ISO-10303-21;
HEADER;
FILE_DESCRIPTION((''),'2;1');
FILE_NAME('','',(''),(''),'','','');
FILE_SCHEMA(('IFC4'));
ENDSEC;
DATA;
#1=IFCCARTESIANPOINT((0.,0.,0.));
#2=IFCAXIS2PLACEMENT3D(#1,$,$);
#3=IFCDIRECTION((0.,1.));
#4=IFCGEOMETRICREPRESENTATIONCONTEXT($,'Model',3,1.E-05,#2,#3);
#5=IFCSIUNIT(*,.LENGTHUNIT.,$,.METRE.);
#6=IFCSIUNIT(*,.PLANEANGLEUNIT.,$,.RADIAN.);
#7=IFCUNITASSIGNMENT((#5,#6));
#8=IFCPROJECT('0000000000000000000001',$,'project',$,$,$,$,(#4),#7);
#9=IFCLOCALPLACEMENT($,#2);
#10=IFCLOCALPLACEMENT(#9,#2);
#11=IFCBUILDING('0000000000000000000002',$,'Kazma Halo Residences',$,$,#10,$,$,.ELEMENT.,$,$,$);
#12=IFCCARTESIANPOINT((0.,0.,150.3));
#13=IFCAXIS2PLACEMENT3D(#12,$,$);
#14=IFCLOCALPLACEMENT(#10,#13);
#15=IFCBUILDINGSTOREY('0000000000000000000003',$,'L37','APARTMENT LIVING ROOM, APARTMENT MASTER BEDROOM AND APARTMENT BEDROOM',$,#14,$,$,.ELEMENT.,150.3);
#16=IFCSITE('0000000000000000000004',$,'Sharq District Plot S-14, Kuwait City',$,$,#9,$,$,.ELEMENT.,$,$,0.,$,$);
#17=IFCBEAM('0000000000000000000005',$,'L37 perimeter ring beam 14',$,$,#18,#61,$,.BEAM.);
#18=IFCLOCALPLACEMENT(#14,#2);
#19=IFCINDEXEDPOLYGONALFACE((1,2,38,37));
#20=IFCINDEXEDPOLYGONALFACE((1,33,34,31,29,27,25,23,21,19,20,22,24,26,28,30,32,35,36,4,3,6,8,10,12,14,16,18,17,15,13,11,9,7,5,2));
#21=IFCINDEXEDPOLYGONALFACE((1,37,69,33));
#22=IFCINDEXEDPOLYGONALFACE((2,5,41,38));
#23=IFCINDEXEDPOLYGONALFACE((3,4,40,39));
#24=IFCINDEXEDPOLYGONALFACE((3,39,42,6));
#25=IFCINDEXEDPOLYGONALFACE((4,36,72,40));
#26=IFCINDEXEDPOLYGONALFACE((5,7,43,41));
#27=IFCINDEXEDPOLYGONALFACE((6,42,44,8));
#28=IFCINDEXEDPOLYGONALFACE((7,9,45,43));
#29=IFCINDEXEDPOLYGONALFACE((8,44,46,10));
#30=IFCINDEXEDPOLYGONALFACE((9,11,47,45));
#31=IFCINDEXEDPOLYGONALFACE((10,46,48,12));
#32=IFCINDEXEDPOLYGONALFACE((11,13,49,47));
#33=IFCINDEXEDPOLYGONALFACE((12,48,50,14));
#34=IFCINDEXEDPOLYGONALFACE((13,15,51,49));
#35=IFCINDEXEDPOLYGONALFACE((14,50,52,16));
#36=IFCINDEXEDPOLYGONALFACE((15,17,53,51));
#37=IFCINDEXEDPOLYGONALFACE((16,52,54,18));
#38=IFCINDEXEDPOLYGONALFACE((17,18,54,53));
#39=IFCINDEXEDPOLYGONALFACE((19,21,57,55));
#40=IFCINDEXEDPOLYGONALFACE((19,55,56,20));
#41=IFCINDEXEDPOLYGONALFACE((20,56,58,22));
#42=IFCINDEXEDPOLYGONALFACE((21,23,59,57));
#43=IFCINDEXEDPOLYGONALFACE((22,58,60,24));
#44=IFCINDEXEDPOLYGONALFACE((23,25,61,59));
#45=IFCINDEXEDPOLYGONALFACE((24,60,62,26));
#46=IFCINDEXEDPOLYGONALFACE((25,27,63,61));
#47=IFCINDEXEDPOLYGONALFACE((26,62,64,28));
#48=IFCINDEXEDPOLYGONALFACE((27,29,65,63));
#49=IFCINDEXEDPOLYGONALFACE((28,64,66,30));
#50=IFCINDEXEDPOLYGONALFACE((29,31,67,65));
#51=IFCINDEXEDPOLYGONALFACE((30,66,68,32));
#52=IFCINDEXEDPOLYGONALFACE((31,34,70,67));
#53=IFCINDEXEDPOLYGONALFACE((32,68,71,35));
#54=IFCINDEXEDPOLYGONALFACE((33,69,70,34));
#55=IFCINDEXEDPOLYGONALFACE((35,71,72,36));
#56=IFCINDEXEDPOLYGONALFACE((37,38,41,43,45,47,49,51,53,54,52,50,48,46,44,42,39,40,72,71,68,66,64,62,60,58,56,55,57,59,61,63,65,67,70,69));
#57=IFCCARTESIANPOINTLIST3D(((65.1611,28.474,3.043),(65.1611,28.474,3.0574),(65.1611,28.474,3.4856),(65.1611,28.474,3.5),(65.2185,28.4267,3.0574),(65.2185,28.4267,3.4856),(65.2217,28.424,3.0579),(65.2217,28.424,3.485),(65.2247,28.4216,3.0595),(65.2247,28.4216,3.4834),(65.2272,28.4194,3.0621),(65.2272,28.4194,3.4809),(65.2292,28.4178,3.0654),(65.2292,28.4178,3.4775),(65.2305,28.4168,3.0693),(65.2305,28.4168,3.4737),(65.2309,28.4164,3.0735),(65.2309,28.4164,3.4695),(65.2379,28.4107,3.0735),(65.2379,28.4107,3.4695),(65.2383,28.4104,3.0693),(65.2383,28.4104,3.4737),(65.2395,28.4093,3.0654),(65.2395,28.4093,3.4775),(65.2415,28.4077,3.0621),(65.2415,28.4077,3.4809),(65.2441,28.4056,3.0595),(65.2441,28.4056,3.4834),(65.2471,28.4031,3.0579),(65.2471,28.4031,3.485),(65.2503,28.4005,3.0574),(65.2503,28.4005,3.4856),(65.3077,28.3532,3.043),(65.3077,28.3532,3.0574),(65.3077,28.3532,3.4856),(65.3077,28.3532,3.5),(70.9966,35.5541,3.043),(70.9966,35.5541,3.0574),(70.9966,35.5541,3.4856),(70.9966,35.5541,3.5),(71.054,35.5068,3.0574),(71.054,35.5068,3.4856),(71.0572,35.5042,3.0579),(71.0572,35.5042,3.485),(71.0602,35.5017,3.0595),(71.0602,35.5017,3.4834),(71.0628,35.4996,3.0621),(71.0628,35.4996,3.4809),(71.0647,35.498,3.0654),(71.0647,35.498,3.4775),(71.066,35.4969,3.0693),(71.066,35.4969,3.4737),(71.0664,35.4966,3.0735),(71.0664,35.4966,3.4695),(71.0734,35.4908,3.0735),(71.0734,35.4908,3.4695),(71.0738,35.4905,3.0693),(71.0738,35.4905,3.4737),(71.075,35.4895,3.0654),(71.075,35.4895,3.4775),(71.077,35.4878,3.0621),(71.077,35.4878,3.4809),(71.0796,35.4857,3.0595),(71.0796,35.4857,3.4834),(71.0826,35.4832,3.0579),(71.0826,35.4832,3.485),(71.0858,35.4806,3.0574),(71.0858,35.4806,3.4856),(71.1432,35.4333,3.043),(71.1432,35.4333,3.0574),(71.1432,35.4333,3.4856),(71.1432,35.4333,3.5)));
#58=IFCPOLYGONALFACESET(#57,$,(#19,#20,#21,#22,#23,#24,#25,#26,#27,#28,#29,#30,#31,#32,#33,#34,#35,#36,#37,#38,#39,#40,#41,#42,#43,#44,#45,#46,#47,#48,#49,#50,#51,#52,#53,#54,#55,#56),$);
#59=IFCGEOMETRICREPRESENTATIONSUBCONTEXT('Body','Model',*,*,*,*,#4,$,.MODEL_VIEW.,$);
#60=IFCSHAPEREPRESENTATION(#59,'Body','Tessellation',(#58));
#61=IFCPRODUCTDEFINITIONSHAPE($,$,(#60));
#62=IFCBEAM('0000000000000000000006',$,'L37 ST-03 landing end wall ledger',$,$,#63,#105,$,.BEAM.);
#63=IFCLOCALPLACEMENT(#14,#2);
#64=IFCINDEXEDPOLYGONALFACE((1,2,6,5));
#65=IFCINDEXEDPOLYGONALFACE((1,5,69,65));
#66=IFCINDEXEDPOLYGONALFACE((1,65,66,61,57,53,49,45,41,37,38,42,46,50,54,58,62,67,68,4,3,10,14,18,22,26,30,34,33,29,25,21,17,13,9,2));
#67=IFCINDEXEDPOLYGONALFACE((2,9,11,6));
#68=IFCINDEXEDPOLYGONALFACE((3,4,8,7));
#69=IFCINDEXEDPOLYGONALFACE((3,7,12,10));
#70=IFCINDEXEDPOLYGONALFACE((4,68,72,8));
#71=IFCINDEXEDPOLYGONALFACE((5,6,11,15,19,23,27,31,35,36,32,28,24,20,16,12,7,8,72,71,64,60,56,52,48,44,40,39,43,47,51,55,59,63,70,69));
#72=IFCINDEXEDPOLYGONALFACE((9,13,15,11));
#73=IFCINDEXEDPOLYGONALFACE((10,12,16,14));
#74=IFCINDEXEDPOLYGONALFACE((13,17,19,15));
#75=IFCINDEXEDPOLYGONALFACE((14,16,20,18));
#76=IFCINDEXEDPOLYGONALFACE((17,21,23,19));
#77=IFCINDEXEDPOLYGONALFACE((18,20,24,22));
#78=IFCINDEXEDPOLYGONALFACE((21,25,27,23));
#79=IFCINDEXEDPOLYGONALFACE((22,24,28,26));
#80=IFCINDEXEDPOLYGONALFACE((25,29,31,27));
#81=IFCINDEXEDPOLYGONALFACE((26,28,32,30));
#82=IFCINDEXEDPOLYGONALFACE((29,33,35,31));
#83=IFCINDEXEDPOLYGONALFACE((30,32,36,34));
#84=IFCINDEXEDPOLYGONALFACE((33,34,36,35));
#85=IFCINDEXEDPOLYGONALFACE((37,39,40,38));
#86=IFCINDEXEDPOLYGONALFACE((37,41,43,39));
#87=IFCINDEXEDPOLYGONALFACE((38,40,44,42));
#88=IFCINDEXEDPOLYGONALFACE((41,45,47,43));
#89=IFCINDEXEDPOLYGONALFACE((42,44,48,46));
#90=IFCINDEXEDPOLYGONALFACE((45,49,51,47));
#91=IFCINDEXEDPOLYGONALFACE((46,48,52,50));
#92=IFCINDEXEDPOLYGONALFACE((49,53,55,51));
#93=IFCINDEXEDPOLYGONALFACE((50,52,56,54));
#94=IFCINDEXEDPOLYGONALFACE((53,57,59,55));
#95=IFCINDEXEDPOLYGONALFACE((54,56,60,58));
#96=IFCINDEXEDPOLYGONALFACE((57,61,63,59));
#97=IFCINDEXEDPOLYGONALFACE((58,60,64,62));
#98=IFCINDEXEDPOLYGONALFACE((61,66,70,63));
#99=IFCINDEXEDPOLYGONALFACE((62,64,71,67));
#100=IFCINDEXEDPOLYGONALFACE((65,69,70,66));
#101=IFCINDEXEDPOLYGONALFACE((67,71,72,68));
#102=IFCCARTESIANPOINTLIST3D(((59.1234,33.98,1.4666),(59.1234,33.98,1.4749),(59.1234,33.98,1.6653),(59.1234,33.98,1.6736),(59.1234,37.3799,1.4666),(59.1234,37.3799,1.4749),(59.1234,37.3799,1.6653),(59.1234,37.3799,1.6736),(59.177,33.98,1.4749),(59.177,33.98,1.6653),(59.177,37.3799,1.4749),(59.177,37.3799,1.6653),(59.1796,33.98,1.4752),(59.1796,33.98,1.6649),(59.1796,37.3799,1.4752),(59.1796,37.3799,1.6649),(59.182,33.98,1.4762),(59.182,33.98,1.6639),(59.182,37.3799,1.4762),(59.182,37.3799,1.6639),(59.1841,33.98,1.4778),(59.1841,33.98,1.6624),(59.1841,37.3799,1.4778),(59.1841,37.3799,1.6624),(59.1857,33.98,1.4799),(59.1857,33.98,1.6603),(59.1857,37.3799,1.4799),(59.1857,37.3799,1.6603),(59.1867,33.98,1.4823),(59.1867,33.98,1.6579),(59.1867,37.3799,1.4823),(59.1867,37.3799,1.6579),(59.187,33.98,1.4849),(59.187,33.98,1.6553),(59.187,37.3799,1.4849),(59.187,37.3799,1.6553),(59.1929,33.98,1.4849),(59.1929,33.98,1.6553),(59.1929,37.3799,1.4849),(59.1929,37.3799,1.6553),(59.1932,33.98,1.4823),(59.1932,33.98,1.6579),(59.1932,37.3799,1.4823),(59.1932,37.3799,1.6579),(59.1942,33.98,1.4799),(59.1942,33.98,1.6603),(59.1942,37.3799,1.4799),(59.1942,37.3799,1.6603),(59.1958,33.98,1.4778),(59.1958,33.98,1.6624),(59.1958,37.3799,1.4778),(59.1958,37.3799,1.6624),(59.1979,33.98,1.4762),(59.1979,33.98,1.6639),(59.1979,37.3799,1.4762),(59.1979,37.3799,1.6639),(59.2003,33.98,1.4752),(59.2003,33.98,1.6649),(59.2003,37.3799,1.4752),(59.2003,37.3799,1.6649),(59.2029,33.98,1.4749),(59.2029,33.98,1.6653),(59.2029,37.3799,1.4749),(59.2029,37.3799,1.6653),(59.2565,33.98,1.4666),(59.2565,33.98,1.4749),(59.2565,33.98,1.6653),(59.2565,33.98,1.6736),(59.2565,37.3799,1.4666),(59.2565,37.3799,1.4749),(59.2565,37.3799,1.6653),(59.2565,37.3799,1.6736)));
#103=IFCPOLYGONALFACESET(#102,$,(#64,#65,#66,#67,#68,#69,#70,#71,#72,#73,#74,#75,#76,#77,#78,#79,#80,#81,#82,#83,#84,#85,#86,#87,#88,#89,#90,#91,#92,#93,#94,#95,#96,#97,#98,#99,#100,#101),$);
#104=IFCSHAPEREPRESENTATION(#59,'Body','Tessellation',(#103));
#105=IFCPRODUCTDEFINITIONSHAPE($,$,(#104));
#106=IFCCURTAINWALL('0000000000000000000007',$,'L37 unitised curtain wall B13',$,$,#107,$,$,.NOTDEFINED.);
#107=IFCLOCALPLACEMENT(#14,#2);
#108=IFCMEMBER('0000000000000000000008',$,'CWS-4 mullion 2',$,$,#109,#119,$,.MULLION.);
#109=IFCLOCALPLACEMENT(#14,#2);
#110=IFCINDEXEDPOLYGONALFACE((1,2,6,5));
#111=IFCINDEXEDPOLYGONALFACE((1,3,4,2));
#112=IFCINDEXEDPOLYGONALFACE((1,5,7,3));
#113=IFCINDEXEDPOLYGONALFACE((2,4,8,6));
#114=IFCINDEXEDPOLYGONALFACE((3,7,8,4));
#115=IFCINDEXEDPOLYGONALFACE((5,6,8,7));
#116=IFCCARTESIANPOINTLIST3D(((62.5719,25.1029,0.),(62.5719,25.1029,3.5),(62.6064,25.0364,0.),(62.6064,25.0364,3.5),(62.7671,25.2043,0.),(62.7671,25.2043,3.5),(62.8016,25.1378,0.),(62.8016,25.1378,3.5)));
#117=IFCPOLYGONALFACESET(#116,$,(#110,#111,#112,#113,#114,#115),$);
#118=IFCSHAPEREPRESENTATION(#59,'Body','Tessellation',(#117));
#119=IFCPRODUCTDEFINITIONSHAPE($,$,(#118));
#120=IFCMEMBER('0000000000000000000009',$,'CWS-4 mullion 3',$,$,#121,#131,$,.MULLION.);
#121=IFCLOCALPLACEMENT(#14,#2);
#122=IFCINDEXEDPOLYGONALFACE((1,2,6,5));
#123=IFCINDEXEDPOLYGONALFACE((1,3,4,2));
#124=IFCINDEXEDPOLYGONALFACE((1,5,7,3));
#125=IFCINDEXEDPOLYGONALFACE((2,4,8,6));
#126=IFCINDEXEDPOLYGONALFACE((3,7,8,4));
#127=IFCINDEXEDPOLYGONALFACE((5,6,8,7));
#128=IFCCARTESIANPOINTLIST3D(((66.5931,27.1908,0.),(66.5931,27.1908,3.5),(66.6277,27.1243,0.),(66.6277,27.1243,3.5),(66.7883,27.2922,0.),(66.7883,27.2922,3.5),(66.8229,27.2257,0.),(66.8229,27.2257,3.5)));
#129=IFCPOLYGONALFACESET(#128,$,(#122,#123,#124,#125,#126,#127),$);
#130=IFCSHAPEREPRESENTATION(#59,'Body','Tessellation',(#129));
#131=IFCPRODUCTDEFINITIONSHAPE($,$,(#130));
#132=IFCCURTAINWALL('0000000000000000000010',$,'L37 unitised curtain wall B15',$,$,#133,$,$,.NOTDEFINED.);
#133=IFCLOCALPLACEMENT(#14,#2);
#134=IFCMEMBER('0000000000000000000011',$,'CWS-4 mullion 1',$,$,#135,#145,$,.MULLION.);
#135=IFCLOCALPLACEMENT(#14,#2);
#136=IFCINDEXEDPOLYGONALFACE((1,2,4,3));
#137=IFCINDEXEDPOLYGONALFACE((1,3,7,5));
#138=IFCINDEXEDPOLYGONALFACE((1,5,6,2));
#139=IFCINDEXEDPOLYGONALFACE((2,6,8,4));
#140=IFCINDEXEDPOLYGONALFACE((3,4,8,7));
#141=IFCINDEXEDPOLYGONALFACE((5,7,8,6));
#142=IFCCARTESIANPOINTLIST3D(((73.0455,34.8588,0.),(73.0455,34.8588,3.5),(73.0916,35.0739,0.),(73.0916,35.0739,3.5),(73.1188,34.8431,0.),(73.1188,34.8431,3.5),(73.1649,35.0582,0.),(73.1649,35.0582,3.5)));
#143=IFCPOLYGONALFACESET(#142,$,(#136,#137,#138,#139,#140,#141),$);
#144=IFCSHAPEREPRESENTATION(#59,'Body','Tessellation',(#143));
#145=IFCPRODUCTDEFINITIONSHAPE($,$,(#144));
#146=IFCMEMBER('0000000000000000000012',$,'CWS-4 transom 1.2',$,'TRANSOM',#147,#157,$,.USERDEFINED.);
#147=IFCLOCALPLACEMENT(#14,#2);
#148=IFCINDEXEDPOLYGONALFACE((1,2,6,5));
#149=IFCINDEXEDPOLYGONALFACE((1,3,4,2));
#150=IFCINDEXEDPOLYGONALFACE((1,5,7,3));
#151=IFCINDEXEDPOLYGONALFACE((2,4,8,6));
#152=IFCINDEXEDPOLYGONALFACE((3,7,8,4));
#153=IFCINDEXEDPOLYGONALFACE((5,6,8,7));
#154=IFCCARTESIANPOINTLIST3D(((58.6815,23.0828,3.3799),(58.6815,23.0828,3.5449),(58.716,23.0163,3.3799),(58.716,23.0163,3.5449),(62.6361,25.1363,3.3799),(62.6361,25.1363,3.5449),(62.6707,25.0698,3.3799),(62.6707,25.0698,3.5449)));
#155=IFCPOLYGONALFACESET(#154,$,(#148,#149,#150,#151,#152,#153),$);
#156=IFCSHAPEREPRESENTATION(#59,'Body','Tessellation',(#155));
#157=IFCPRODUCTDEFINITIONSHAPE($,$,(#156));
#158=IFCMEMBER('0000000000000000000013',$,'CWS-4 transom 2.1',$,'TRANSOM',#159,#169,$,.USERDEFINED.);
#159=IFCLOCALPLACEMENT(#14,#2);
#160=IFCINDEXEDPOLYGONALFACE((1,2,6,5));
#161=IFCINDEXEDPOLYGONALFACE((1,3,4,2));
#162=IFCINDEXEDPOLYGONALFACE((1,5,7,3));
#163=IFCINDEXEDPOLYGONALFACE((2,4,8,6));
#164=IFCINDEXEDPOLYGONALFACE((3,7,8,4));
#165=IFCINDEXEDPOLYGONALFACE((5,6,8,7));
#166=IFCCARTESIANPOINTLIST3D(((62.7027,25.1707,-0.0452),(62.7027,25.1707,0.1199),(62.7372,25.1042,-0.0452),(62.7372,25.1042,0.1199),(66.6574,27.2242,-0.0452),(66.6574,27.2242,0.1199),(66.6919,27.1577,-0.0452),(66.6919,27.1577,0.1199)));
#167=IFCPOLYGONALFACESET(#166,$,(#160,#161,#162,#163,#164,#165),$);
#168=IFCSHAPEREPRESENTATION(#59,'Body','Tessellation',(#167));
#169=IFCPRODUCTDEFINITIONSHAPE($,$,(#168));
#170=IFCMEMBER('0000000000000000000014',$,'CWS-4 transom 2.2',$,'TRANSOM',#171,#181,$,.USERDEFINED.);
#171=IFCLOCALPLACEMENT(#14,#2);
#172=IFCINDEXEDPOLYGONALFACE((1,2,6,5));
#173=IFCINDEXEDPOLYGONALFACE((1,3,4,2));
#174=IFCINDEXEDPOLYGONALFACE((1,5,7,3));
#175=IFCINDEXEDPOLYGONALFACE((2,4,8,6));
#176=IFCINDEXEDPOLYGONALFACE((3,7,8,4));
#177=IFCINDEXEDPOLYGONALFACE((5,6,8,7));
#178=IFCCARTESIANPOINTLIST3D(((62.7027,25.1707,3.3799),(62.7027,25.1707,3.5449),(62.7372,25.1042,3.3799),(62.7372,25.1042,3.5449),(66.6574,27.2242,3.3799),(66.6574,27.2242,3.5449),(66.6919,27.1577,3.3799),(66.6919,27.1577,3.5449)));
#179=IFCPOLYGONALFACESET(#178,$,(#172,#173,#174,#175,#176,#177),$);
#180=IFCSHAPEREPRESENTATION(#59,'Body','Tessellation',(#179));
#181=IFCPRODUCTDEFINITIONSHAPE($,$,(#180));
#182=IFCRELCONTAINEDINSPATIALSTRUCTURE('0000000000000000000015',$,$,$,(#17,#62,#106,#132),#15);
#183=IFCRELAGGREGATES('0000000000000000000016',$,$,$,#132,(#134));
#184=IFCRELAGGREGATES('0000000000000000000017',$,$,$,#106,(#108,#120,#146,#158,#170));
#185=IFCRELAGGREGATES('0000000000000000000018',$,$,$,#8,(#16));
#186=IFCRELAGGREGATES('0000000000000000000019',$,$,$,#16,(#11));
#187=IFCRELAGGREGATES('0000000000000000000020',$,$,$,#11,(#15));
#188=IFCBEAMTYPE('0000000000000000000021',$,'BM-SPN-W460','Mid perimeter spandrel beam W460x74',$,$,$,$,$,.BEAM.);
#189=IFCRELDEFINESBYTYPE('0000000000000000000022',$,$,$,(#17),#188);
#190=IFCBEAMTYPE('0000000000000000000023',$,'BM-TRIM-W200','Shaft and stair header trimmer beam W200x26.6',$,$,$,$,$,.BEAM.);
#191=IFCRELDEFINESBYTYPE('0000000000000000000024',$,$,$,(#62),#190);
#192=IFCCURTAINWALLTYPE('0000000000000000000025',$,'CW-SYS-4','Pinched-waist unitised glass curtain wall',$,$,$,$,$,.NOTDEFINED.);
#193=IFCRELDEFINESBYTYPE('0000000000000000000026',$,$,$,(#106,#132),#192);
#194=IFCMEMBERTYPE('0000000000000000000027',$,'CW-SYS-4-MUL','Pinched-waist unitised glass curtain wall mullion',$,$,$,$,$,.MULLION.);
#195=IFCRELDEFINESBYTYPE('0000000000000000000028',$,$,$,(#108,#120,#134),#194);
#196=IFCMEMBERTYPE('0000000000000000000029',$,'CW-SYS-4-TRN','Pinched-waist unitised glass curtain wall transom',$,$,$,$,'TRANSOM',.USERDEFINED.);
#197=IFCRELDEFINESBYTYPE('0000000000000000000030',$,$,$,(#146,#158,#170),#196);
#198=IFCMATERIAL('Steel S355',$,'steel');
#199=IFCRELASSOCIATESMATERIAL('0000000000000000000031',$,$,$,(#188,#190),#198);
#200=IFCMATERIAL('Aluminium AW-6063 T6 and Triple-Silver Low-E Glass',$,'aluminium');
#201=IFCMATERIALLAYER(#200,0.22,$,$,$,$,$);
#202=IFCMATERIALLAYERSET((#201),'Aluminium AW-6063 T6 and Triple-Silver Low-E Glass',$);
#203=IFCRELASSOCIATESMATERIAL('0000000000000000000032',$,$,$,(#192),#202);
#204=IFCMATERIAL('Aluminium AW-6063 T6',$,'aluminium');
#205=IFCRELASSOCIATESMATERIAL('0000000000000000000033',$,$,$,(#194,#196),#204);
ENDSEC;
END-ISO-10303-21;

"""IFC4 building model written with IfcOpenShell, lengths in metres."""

from ifc_helpers import new_model, si_unit, direction, frame, origin, origin_2d, place, context, subcontext, project, spatial, rectangle, i_section, extrude, material, layer, layer_set, material_profile, profile_set, type_object, element, aggregate, save


model = new_model("IFC4")

# Units and contexts
model_context = context("Model", 3, precision=1e-05, world=origin(), true_north=direction((0.0, 1.0)))
body_context = subcontext(model_context, "Body", "Model", "MODEL_VIEW")
ifc_project = project(units=[si_unit("LENGTHUNIT", "METRE"), si_unit("PLANEANGLEUNIT", "RADIAN")], contexts=[model_context])

# Site, building, storey
site_placement = place(None, origin())
site = spatial("IfcSite", under=ifc_project, at=site_placement, Name="Sharq District Plot S-14, Kuwait City", CompositionType="ELEMENT", RefElevation=0.0)
building_placement = place(site_placement, origin())
building = spatial("IfcBuilding", under=site, at=building_placement, Name="Kazma Halo Residences", CompositionType="ELEMENT")
storey_placement = place(building_placement, frame((0.0, 0.0, 150.3)))
storey = spatial("IfcBuildingStorey", under=building, at=storey_placement, Name="L37", Description="APARTMENT LIVING ROOM, APARTMENT MASTER BEDROOM AND APARTMENT BEDROOM", CompositionType="ELEMENT", Elevation=150.3)

# Beams
ifc_material_1 = material(Name="Steel S355", Category="steel")
ifc_material_profile_1 = material_profile(ifc_material_1, i_section(OverallWidth=0.1899, OverallDepth=0.457, WebThickness=0.009, FlangeThickness=0.0144, FilletRadius=0.0161, at=origin_2d()), Name="W460x74")
ifc_profile_set_1 = profile_set([ifc_material_profile_1], Name="Steel S355")
beam_type_1 = type_object("IfcBeamType", Name="BM-SPN-W460", Description="Mid perimeter spandrel beam W460x74", PredefinedType="BEAM", material=ifc_profile_set_1)
beam_1_placement = place(storey_placement, frame((65.2344, 28.4136, 3.2715), z_axis=(0.636019, 0.771674, 0.0), x_axis=(-0.771674, 0.636019, 0.0)))
element("IfcBeam", 1, at=beam_1_placement, inside=storey, type_object=beam_type_1, Name="L37 perimeter ring beam 14", PredefinedType="BEAM", context=body_context, shape_type="SweptSolid", body=[
    extrude(i_section(OverallWidth=0.1899, OverallDepth=0.457, WebThickness=0.009, FlangeThickness=0.0144, FilletRadius=0.0161, at=origin_2d()), origin(), (0.0, 0.0, 1.0), 9.175),
])
ifc_material_profile_2 = material_profile(ifc_material_1, i_section(OverallWidth=0.1331, OverallDepth=0.207, WebThickness=0.0059, FlangeThickness=0.0083, FilletRadius=0.01, at=origin_2d()), Name="W200x26.6")
ifc_profile_set_2 = profile_set([ifc_material_profile_2], Name="Steel S355")
beam_type_2 = type_object("IfcBeamType", Name="BM-TRIM-W200", Description="Shaft and stair header trimmer beam W200x26.6", PredefinedType="BEAM", material=ifc_profile_set_2)
beam_2_placement = place(storey_placement, frame((59.1899, 33.98, 1.5701), z_axis=(0.0, 1.0, 0.0), x_axis=(-1.0, 0.0, 0.0)))
element("IfcBeam", 2, at=beam_2_placement, inside=storey, type_object=beam_type_2, Name="L37 ST-03 landing end wall ledger", PredefinedType="BEAM", context=body_context, shape_type="SweptSolid", body=[
    extrude(i_section(OverallWidth=0.1331, OverallDepth=0.207, WebThickness=0.0059, FlangeThickness=0.0083, FilletRadius=0.01, at=origin_2d()), origin(), (0.0, 0.0, 1.0), 3.3999),
])

# Curtain wall, members
ifc_material_2 = material(Name="Aluminium AW-6063 T6 and Triple-Silver Low-E Glass", Category="aluminium")
ifc_layer_1 = layer(ifc_material_2, 0.22)
ifc_layer_set_1 = layer_set([ifc_layer_1], Name="Aluminium AW-6063 T6 and Triple-Silver Low-E Glass")
curtain_wall_type = type_object("IfcCurtainWallType", Name="CW-SYS-4", Description="Pinched-waist unitised glass curtain wall", PredefinedType="NOTDEFINED", material=ifc_layer_set_1)
curtain_wall_1_placement = place(storey_placement, origin())
curtain_wall_1 = element("IfcCurtainWall", 3, at=curtain_wall_1_placement, inside=storey, type_object=curtain_wall_type, Name="L37 unitised curtain wall B13", PredefinedType="NOTDEFINED")
ifc_material_3 = material(Name="Aluminium AW-6063 T6", Category="aluminium")
ifc_material_profile_3 = material_profile(ifc_material_3, rectangle(XDim=0.075, YDim=0.22, at=origin_2d()), Name="CWM-75x220")
ifc_profile_set_3 = profile_set([ifc_material_profile_3], Name="Aluminium AW-6063 T6")
member_type_1 = type_object("IfcMemberType", Name="CW-SYS-4-MUL", Description="Pinched-waist unitised glass curtain wall mullion", PredefinedType="MULLION", material=ifc_profile_set_3)
member_1_placement = place(storey_placement, frame((62.6868, 25.1204, 0.0), z_axis=(0.0, 0.0, 1.0), x_axis=(-0.460837, 0.887485, 0.0)))
member_1 = element("IfcMember", 4, at=member_1_placement, type_object=member_type_1, Name="CWS-4 mullion 2", PredefinedType="MULLION", context=body_context, shape_type="SweptSolid", body=[
    extrude(rectangle(XDim=0.075, YDim=0.22, at=origin_2d()), origin(), (0.0, 0.0, 1.0), 3.5),
])
member_2_placement = place(storey_placement, frame((66.708, 27.2083, 0.0), z_axis=(0.0, 0.0, 1.0), x_axis=(-0.460837, 0.887485, 0.0)))
member_2 = element("IfcMember", 5, at=member_2_placement, type_object=member_type_1, Name="CWS-4 mullion 3", PredefinedType="MULLION", context=body_context, shape_type="SweptSolid", body=[
    extrude(rectangle(XDim=0.075, YDim=0.22, at=origin_2d()), origin(), (0.0, 0.0, 1.0), 3.5),
])

# Curtain wall, member
curtain_wall_2_placement = place(storey_placement, origin())
curtain_wall_2 = element("IfcCurtainWall", 6, at=curtain_wall_2_placement, inside=storey, type_object=curtain_wall_type, Name="L37 unitised curtain wall B15", PredefinedType="NOTDEFINED")
member_3_placement = place(storey_placement, frame((73.1052, 34.9585, 0.0), z_axis=(0.0, 0.0, 1.0), x_axis=(-0.977765, 0.209704, 0.0)))
member_3 = element("IfcMember", 7, at=member_3_placement, type_object=member_type_1, Name="CWS-4 mullion 1", PredefinedType="MULLION", context=body_context, shape_type="SweptSolid", body=[
    extrude(rectangle(XDim=0.075, YDim=0.22, at=origin_2d()), origin(), (0.0, 0.0, 1.0), 3.5),
])
aggregate(curtain_wall_2, [member_3])

# Members
ifc_material_profile_4 = material_profile(ifc_material_3, rectangle(XDim=0.075, YDim=0.165, at=origin_2d()), Name="CWT-75x165")
ifc_profile_set_4 = profile_set([ifc_material_profile_4], Name="Aluminium AW-6063 T6")
member_type_2 = type_object("IfcMemberType", Name="CW-SYS-4-TRN", Description="Pinched-waist unitised glass curtain wall transom", ElementType="TRANSOM", PredefinedType="USERDEFINED", material=ifc_profile_set_4)
member_4_placement = place(storey_placement, frame((58.6987, 23.0496, 3.4624), z_axis=(0.887485, 0.460837, 0.0), x_axis=(-0.460837, 0.887485, 0.0)))
member_4 = element("IfcMember", 8, at=member_4_placement, type_object=member_type_2, Name="CWS-4 transom 1.2", ObjectType="TRANSOM", PredefinedType="USERDEFINED", context=body_context, shape_type="SweptSolid", body=[
    extrude(rectangle(XDim=0.075, YDim=0.165, at=origin_2d()), origin(), (0.0, 0.0, 1.0), 4.4561),
])
member_5_placement = place(storey_placement, frame((62.72, 25.1375, 0.0374), z_axis=(0.887485, 0.460837, 0.0), x_axis=(-0.460837, 0.887485, 0.0)))
member_5 = element("IfcMember", 9, at=member_5_placement, type_object=member_type_2, Name="CWS-4 transom 2.1", ObjectType="TRANSOM", PredefinedType="USERDEFINED", context=body_context, shape_type="SweptSolid", body=[
    extrude(rectangle(XDim=0.075, YDim=0.165, at=origin_2d()), origin(), (0.0, 0.0, 1.0), 4.4561),
])
member_6_placement = place(storey_placement, frame((62.72, 25.1375, 3.4624), z_axis=(0.887485, 0.460837, 0.0), x_axis=(-0.460837, 0.887485, 0.0)))
member_6 = element("IfcMember", 10, at=member_6_placement, type_object=member_type_2, Name="CWS-4 transom 2.2", ObjectType="TRANSOM", PredefinedType="USERDEFINED", context=body_context, shape_type="SweptSolid", body=[
    extrude(rectangle(XDim=0.075, YDim=0.165, at=origin_2d()), origin(), (0.0, 0.0, 1.0), 4.4561),
])

aggregate(curtain_wall_1, [member_1, member_2, member_4, member_5, member_6])

save(model, "model.ifc")
